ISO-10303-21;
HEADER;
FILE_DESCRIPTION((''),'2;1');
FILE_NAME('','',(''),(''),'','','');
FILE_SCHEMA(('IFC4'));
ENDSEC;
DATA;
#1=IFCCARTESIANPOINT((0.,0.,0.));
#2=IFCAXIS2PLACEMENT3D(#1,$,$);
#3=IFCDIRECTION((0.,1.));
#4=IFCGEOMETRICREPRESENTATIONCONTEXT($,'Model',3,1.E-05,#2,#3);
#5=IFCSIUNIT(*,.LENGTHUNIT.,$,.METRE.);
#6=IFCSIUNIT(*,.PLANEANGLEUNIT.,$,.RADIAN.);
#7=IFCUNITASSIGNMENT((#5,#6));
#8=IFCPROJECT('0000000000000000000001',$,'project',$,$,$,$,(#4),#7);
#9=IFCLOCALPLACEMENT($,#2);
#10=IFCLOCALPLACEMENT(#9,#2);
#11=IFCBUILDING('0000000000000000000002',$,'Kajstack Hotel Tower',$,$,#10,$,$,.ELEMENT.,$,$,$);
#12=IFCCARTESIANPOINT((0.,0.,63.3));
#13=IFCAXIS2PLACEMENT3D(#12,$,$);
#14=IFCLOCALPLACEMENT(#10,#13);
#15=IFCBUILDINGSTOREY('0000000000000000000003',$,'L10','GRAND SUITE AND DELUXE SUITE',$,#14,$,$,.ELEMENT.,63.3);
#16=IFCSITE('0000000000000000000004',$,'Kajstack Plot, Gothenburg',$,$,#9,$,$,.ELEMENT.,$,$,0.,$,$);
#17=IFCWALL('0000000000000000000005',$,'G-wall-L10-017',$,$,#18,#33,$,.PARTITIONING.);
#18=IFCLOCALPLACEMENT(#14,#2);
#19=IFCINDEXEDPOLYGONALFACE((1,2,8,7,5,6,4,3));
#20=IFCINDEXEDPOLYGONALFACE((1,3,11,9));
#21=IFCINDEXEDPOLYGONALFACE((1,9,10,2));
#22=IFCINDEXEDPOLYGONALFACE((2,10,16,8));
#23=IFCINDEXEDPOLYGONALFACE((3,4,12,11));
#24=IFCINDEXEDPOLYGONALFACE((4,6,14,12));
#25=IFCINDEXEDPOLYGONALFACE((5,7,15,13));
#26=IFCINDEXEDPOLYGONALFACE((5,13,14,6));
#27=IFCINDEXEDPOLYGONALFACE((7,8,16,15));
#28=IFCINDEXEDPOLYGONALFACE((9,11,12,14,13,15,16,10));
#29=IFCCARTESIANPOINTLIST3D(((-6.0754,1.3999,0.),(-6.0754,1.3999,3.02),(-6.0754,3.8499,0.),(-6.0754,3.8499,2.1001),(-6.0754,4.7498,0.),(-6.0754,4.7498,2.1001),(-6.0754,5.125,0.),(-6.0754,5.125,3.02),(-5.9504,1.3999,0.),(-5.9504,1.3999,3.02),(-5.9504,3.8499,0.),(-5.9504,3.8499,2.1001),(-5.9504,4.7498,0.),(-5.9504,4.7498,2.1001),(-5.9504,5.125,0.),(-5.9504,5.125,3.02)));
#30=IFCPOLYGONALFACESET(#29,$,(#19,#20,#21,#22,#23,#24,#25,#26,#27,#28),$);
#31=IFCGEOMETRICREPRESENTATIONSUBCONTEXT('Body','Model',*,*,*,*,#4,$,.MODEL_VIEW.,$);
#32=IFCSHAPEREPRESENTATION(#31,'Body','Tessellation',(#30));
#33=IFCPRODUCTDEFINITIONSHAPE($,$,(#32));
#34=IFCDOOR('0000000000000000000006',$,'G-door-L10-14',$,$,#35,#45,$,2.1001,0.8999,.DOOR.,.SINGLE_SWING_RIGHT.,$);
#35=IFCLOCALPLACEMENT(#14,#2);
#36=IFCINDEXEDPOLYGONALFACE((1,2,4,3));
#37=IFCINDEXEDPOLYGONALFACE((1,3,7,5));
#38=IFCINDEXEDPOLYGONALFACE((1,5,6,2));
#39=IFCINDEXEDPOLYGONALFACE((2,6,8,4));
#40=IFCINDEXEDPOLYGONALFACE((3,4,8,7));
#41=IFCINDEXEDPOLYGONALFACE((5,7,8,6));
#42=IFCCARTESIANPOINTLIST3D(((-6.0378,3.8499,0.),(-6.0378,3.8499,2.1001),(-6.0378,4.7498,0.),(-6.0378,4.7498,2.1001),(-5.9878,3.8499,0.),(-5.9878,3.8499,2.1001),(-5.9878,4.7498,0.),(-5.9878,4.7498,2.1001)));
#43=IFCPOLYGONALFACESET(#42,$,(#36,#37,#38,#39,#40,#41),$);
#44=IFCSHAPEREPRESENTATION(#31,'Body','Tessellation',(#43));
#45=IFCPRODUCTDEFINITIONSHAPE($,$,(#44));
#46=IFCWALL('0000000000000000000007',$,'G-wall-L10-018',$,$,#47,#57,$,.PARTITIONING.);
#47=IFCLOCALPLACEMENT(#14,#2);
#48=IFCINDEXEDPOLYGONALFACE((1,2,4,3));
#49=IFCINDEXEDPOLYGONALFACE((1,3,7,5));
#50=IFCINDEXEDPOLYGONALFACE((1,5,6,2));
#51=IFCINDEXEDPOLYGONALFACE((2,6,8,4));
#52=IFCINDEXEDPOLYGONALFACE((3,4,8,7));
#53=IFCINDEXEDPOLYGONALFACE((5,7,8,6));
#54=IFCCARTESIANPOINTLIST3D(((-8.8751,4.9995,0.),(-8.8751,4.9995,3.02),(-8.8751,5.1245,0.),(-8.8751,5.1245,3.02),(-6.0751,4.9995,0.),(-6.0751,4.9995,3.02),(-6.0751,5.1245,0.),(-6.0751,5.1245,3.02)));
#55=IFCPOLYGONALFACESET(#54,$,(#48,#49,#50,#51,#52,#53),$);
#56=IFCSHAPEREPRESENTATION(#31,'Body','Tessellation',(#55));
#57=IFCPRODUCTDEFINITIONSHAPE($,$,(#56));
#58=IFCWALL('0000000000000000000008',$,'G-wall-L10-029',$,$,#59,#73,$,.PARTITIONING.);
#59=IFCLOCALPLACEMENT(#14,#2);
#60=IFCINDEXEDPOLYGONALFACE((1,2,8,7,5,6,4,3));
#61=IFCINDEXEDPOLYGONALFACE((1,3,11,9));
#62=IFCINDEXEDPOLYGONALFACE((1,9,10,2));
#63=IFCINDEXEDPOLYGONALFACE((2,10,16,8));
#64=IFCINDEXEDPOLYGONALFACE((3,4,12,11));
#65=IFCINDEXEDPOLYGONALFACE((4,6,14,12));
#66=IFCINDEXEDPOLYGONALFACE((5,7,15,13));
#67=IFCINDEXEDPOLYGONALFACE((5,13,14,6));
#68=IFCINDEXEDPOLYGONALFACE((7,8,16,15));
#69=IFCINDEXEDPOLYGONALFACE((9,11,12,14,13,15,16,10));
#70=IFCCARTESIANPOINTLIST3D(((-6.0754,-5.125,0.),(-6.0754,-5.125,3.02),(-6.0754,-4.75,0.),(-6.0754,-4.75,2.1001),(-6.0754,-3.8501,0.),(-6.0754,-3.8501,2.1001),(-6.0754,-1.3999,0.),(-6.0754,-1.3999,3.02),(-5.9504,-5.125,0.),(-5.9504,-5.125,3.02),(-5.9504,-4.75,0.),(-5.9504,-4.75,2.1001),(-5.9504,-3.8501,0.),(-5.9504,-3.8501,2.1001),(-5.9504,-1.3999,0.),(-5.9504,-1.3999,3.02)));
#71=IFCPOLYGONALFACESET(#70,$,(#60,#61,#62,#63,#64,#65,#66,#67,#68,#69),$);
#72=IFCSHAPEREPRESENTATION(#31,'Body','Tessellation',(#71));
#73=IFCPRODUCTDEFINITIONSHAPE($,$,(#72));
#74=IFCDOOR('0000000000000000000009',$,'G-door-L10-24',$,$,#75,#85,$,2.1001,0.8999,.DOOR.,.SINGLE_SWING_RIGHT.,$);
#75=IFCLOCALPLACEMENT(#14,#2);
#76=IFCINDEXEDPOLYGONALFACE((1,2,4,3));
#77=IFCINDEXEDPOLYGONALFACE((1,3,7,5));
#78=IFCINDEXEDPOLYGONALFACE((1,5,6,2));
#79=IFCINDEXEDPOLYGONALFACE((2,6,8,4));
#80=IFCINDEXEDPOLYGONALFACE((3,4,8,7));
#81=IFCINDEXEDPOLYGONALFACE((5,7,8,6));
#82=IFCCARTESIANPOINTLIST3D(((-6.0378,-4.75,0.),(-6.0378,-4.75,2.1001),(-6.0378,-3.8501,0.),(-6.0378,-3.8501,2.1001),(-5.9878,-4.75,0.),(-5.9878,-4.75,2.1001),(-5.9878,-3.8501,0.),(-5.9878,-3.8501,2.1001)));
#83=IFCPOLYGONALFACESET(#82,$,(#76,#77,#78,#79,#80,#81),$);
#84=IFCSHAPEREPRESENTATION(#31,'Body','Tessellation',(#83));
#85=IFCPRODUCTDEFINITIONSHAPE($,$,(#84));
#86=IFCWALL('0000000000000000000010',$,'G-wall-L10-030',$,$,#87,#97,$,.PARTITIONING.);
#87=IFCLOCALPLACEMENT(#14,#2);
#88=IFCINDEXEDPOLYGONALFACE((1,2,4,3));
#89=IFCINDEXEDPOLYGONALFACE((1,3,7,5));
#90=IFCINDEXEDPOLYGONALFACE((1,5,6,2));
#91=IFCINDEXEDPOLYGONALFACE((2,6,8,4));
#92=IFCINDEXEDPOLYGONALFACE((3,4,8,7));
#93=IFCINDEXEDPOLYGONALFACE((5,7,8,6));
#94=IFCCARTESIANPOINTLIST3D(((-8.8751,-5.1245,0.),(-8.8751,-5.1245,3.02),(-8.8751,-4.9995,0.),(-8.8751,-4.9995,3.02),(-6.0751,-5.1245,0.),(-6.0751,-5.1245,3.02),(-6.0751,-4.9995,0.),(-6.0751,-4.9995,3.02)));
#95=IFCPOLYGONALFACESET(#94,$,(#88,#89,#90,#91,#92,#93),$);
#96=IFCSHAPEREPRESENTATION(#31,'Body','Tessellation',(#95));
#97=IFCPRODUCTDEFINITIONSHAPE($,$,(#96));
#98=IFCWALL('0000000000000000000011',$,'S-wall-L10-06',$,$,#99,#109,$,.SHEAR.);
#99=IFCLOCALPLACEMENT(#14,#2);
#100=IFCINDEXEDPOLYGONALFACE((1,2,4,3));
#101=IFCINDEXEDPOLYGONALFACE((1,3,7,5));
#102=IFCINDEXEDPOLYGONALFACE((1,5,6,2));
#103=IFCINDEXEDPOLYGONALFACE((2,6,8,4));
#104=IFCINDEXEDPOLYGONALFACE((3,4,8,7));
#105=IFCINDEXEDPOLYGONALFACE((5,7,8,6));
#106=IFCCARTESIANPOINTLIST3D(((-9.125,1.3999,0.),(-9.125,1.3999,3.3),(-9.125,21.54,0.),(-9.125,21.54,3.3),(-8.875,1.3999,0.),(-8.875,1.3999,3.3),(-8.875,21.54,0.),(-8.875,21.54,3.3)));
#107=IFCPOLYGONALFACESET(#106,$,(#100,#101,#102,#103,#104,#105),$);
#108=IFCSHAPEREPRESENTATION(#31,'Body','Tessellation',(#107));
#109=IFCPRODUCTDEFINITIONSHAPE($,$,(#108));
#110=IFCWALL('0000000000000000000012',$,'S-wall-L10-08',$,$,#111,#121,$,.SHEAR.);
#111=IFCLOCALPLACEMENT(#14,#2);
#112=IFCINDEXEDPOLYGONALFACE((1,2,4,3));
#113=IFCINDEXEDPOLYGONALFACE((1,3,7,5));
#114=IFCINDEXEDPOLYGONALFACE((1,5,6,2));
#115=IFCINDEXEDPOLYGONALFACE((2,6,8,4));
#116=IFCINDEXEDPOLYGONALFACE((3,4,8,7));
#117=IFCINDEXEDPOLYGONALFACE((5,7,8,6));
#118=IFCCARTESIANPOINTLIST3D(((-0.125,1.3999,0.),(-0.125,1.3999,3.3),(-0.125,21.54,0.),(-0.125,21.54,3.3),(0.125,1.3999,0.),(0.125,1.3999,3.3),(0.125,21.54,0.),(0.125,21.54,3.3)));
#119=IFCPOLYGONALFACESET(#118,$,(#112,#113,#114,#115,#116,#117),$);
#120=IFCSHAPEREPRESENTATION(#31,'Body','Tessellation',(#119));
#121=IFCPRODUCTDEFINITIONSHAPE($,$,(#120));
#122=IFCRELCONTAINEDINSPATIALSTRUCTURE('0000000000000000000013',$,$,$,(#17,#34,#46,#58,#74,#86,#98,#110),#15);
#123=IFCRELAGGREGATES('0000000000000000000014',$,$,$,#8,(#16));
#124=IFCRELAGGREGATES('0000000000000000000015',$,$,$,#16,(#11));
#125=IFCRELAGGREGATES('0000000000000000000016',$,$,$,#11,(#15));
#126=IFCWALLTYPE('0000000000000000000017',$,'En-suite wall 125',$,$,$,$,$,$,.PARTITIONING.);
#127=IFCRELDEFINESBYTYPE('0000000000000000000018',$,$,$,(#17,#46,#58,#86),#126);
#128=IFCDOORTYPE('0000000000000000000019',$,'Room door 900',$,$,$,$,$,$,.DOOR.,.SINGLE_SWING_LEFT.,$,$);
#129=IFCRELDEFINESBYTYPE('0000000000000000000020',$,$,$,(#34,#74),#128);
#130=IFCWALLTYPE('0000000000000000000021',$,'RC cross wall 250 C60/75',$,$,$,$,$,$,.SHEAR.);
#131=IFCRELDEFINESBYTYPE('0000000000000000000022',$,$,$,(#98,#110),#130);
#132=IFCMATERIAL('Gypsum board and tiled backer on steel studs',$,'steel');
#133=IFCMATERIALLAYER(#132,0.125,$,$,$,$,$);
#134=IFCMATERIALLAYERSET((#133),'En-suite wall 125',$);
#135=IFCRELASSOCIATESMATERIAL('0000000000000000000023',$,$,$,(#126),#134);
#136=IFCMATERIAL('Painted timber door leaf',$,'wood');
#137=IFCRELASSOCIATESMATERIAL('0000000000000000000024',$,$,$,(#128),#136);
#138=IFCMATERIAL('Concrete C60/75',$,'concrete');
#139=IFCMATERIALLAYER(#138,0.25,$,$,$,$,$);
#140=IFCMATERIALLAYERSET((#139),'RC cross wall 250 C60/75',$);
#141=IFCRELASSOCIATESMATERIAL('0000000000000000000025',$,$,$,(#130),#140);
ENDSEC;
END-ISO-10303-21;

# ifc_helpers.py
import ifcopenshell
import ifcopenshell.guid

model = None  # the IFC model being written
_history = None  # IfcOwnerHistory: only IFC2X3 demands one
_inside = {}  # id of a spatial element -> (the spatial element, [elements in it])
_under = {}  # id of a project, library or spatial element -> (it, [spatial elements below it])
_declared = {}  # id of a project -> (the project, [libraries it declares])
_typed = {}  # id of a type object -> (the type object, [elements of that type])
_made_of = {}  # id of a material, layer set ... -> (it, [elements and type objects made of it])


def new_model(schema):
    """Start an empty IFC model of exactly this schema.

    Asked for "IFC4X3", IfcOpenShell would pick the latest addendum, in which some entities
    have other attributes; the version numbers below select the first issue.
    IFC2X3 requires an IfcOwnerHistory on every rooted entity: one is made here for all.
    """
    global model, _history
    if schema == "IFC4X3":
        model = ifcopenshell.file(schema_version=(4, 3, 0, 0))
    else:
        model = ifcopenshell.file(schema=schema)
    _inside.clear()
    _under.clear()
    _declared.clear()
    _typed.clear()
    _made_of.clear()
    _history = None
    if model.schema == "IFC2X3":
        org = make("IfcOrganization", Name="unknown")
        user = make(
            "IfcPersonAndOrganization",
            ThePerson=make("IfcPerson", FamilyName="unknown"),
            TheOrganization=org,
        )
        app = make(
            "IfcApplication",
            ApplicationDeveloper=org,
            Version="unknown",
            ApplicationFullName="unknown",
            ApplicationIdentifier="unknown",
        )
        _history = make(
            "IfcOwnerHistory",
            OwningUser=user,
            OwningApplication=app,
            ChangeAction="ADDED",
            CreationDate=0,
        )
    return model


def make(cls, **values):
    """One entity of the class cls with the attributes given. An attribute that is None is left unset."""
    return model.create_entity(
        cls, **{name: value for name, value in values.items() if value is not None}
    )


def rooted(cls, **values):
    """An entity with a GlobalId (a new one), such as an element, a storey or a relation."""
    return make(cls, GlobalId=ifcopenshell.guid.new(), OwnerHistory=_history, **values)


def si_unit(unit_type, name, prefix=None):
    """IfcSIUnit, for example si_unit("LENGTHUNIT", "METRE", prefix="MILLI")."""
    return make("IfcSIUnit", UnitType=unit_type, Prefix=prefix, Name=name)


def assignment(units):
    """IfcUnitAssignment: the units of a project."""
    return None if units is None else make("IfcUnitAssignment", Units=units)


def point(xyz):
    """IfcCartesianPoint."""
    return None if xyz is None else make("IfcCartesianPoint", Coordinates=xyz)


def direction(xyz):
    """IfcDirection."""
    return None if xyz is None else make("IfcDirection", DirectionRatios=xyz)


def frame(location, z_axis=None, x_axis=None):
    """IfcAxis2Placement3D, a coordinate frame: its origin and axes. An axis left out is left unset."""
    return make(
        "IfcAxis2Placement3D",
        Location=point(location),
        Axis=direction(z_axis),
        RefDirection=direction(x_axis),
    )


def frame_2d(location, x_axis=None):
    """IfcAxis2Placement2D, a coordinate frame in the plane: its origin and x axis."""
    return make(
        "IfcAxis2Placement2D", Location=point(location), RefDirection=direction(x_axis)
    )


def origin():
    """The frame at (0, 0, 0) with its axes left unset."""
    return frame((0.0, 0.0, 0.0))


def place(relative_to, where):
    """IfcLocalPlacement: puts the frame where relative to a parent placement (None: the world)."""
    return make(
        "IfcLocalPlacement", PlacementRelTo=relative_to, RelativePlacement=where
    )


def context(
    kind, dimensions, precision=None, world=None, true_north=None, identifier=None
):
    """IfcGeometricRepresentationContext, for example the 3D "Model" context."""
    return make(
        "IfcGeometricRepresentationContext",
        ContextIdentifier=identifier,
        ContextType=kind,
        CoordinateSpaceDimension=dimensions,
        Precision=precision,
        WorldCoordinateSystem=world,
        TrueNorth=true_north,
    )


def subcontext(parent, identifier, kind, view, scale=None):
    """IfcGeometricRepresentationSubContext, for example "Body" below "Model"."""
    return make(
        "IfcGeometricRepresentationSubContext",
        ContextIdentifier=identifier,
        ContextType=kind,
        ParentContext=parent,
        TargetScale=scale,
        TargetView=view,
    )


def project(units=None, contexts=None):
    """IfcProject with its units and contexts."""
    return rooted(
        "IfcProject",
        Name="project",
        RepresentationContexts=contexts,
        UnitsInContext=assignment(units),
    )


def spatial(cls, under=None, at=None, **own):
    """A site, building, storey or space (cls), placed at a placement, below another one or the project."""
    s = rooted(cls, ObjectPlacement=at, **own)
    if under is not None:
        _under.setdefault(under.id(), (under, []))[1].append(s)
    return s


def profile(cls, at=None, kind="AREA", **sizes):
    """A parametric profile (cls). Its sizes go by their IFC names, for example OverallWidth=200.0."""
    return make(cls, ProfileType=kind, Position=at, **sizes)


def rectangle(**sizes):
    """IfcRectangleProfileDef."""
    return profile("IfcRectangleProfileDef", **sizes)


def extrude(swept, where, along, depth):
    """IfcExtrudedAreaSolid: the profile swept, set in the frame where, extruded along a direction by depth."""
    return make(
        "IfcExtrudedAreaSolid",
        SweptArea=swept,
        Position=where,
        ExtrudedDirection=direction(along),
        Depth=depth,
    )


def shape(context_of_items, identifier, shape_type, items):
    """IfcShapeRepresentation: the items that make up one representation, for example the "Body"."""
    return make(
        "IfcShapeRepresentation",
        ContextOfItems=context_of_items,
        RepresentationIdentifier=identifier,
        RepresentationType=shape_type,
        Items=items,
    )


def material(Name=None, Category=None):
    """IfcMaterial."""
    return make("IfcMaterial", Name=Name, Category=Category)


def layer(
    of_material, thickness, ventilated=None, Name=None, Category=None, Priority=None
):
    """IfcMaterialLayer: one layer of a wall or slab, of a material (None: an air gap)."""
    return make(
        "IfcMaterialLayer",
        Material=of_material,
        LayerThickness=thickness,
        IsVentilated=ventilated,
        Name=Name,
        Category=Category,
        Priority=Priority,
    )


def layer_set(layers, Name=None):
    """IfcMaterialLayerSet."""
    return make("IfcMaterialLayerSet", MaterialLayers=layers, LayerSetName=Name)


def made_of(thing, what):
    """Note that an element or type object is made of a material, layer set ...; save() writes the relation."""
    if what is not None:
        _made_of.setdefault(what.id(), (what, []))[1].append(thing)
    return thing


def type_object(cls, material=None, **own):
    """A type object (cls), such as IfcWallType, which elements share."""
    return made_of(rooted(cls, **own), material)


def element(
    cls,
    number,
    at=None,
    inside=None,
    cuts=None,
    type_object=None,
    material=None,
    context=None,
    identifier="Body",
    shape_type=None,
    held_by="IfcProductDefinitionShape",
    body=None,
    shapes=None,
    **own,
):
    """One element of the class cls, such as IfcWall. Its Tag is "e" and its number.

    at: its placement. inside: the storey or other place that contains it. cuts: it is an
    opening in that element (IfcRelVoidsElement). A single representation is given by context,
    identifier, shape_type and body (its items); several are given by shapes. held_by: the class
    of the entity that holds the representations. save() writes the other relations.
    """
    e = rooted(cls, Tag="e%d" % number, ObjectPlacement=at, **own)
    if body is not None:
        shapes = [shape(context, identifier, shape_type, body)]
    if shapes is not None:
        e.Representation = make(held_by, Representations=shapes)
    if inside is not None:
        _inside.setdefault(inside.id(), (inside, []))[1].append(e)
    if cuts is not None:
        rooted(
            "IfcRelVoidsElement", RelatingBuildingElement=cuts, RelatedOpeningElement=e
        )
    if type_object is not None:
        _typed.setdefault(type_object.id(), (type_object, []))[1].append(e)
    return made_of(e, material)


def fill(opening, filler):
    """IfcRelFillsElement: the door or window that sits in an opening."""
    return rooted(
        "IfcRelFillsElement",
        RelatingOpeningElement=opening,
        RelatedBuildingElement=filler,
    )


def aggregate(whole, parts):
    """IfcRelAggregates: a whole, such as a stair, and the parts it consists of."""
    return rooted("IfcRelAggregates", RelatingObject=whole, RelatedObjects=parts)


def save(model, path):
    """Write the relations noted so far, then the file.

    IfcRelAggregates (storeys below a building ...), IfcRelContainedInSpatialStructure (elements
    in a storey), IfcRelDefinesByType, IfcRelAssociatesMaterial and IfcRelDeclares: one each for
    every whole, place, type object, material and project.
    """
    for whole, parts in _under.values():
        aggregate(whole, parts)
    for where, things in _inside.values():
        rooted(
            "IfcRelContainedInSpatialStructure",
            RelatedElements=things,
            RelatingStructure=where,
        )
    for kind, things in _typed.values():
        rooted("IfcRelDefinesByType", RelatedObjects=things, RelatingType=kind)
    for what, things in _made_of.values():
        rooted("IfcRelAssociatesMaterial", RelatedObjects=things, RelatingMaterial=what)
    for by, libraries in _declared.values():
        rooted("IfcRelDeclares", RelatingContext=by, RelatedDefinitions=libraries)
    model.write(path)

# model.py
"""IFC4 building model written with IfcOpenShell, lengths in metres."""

from ifc_helpers import new_model, si_unit, direction, frame, frame_2d, origin, place, context, subcontext, project, spatial, rectangle, extrude, material, layer, layer_set, type_object, element, fill, save


model = new_model("IFC4")

# Units and contexts
model_context = context("Model", 3, precision=1e-05, world=origin(), true_north=direction((0.0, 1.0)))
body_context = subcontext(model_context, "Body", "Model", "MODEL_VIEW")
ifc_project = project(units=[si_unit("LENGTHUNIT", "METRE"), si_unit("PLANEANGLEUNIT", "RADIAN")], contexts=[model_context])

# Site, building, storey
site_placement = place(None, origin())
site = spatial("IfcSite", under=ifc_project, at=site_placement, Name="Kajstack Plot, Gothenburg", CompositionType="ELEMENT", RefElevation=0.0)
building_placement = place(site_placement, origin())
building = spatial("IfcBuilding", under=site, at=building_placement, Name="Kajstack Hotel Tower", CompositionType="ELEMENT")
storey_placement = place(building_placement, frame((0.0, 0.0, 63.3)))
storey = spatial("IfcBuildingStorey", under=building, at=storey_placement, Name="L10", Description="GRAND SUITE AND DELUXE SUITE", CompositionType="ELEMENT", Elevation=63.3)

# Wall, opening, door
ifc_material_1 = material(Name="Gypsum board and tiled backer on steel studs", Category="steel")
ifc_layer_1 = layer(ifc_material_1, 0.125)
ifc_layer_set_1 = layer_set([ifc_layer_1], Name="En-suite wall 125")
wall_type_1 = type_object("IfcWallType", Name="En-suite wall 125", PredefinedType="PARTITIONING", material=ifc_layer_set_1)
ifc_material_2 = material(Name="Painted timber door leaf", Category="wood")
door_type = type_object("IfcDoorType", Name="Room door 900", OperationType="SINGLE_SWING_LEFT", PredefinedType="DOOR", material=ifc_material_2)
wall_1_placement = place(storey_placement, frame((-6.0129, 1.3999, 0.0), z_axis=(0.0, 0.0, 1.0), x_axis=(0.0, 1.0, 0.0)))
wall_1 = element("IfcWall", 1, at=wall_1_placement, inside=storey, type_object=wall_type_1, Name="G-wall-L10-017", PredefinedType="PARTITIONING", context=body_context, shape_type="SweptSolid", body=[
    extrude(rectangle(XDim=3.7251, YDim=0.125, at=frame_2d((1.8625, 0.0))), origin(), (0.0, 0.0, 1.0), 3.02),
])
opening_1_placement = place(wall_1_placement, frame((2.45, 0.0, 0.0)))
opening_1 = element("IfcOpeningElement", 2, at=opening_1_placement, cuts=wall_1, PredefinedType="OPENING", context=body_context, shape_type="SweptSolid", body=[
    extrude(rectangle(XDim=0.8999, YDim=2.1001, at=frame_2d((0.45, 1.05))), frame((0.0, 0.0725, 0.0), z_axis=(0.0, -1.0, 0.0), x_axis=(1.0, 0.0, 0.0)), (0.0, 0.0, 1.0), 0.145),
])
door_1_placement = place(opening_1_placement, origin())
door_1 = element("IfcDoor", 3, at=door_1_placement, inside=storey, type_object=door_type, Name="G-door-L10-14", OperationType="SINGLE_SWING_RIGHT", OverallHeight=2.1001, OverallWidth=0.8999, PredefinedType="DOOR", context=body_context, shape_type="SweptSolid", body=[
    extrude(rectangle(XDim=0.8999, YDim=2.1001, at=frame_2d((0.45, 1.05))), frame((0.0, 0.0249, 0.0), z_axis=(0.0, -1.0, 0.0), x_axis=(1.0, 0.0, 0.0)), (0.0, 0.0, 1.0), 0.05),
])
fill(opening_1, door_1)

# Wall
wall_2_placement = place(storey_placement, frame((-8.875, 5.062, 0.0), z_axis=(0.0, 0.0, 1.0), x_axis=(1.0, 0.0, 0.0)))
element("IfcWall", 4, at=wall_2_placement, inside=storey, type_object=wall_type_1, Name="G-wall-L10-018", PredefinedType="PARTITIONING", context=body_context, shape_type="SweptSolid", body=[
    extrude(rectangle(XDim=2.8, YDim=0.125, at=frame_2d((1.3999, 0.0))), origin(), (0.0, 0.0, 1.0), 3.02),
])

# Wall, opening, door
wall_3_placement = place(storey_placement, frame((-6.0129, -5.125, 0.0), z_axis=(0.0, 0.0, 1.0), x_axis=(0.0, 1.0, 0.0)))
wall_3 = element("IfcWall", 5, at=wall_3_placement, inside=storey, type_object=wall_type_1, Name="G-wall-L10-029", PredefinedType="PARTITIONING", context=body_context, shape_type="SweptSolid", body=[
    extrude(rectangle(XDim=3.7251, YDim=0.125, at=frame_2d((1.8625, 0.0))), origin(), (0.0, 0.0, 1.0), 3.02),
])
opening_2_placement = place(wall_3_placement, frame((0.375, 0.0, 0.0)))
opening_2 = element("IfcOpeningElement", 6, at=opening_2_placement, cuts=wall_3, PredefinedType="OPENING", context=body_context, shape_type="SweptSolid", body=[
    extrude(rectangle(XDim=0.8999, YDim=2.1001, at=frame_2d((0.45, 1.05))), frame((0.0, 0.0725, 0.0), z_axis=(0.0, -1.0, 0.0), x_axis=(1.0, 0.0, 0.0)), (0.0, 0.0, 1.0), 0.145),
])
door_2_placement = place(opening_2_placement, origin())
door_2 = element("IfcDoor", 7, at=door_2_placement, inside=storey, type_object=door_type, Name="G-door-L10-24", OperationType="SINGLE_SWING_RIGHT", OverallHeight=2.1001, OverallWidth=0.8999, PredefinedType="DOOR", context=body_context, shape_type="SweptSolid", body=[
    extrude(rectangle(XDim=0.8999, YDim=2.1001, at=frame_2d((0.45, 1.05))), frame((0.0, 0.0249, 0.0), z_axis=(0.0, -1.0, 0.0), x_axis=(1.0, 0.0, 0.0)), (0.0, 0.0, 1.0), 0.05),
])
fill(opening_2, door_2)

# Walls
wall_4_placement = place(storey_placement, frame((-8.875, -5.062, 0.0), z_axis=(0.0, 0.0, 1.0), x_axis=(1.0, 0.0, 0.0)))
element("IfcWall", 8, at=wall_4_placement, inside=storey, type_object=wall_type_1, Name="G-wall-L10-030", PredefinedType="PARTITIONING", context=body_context, shape_type="SweptSolid", body=[
    extrude(rectangle(XDim=2.8, YDim=0.125, at=frame_2d((1.3999, 0.0))), origin(), (0.0, 0.0, 1.0), 3.02),
])
ifc_material_3 = material(Name="Concrete C60/75", Category="concrete")
ifc_layer_2 = layer(ifc_material_3, 0.25)
ifc_layer_set_2 = layer_set([ifc_layer_2], Name="RC cross wall 250 C60/75")
wall_type_2 = type_object("IfcWallType", Name="RC cross wall 250 C60/75", PredefinedType="SHEAR", material=ifc_layer_set_2)
for number, where, z_axis, x_axis, name in (
    (9, (-9.0, 1.3999, 0.0), (0.0, 0.0, 1.0), (0.0, 1.0, 0.0), "S-wall-L10-06"),
    (10, (0.0, 1.3999, 0.0), (0.0, 0.0, 1.0), (0.0, 1.0, 0.0), "S-wall-L10-08"),
):
    element("IfcWall", number, at=place(storey_placement, frame(where, z_axis=z_axis, x_axis=x_axis)), inside=storey, type_object=wall_type_2, Name=name, PredefinedType="SHEAR", context=body_context, shape_type="SweptSolid", body=[
        extrude(rectangle(XDim=20.1401, YDim=0.25, at=frame_2d((10.0701, 0.0))), origin(), (0.0, 0.0, 1.0), 3.3),
    ])

save(model, "model.ifc")
